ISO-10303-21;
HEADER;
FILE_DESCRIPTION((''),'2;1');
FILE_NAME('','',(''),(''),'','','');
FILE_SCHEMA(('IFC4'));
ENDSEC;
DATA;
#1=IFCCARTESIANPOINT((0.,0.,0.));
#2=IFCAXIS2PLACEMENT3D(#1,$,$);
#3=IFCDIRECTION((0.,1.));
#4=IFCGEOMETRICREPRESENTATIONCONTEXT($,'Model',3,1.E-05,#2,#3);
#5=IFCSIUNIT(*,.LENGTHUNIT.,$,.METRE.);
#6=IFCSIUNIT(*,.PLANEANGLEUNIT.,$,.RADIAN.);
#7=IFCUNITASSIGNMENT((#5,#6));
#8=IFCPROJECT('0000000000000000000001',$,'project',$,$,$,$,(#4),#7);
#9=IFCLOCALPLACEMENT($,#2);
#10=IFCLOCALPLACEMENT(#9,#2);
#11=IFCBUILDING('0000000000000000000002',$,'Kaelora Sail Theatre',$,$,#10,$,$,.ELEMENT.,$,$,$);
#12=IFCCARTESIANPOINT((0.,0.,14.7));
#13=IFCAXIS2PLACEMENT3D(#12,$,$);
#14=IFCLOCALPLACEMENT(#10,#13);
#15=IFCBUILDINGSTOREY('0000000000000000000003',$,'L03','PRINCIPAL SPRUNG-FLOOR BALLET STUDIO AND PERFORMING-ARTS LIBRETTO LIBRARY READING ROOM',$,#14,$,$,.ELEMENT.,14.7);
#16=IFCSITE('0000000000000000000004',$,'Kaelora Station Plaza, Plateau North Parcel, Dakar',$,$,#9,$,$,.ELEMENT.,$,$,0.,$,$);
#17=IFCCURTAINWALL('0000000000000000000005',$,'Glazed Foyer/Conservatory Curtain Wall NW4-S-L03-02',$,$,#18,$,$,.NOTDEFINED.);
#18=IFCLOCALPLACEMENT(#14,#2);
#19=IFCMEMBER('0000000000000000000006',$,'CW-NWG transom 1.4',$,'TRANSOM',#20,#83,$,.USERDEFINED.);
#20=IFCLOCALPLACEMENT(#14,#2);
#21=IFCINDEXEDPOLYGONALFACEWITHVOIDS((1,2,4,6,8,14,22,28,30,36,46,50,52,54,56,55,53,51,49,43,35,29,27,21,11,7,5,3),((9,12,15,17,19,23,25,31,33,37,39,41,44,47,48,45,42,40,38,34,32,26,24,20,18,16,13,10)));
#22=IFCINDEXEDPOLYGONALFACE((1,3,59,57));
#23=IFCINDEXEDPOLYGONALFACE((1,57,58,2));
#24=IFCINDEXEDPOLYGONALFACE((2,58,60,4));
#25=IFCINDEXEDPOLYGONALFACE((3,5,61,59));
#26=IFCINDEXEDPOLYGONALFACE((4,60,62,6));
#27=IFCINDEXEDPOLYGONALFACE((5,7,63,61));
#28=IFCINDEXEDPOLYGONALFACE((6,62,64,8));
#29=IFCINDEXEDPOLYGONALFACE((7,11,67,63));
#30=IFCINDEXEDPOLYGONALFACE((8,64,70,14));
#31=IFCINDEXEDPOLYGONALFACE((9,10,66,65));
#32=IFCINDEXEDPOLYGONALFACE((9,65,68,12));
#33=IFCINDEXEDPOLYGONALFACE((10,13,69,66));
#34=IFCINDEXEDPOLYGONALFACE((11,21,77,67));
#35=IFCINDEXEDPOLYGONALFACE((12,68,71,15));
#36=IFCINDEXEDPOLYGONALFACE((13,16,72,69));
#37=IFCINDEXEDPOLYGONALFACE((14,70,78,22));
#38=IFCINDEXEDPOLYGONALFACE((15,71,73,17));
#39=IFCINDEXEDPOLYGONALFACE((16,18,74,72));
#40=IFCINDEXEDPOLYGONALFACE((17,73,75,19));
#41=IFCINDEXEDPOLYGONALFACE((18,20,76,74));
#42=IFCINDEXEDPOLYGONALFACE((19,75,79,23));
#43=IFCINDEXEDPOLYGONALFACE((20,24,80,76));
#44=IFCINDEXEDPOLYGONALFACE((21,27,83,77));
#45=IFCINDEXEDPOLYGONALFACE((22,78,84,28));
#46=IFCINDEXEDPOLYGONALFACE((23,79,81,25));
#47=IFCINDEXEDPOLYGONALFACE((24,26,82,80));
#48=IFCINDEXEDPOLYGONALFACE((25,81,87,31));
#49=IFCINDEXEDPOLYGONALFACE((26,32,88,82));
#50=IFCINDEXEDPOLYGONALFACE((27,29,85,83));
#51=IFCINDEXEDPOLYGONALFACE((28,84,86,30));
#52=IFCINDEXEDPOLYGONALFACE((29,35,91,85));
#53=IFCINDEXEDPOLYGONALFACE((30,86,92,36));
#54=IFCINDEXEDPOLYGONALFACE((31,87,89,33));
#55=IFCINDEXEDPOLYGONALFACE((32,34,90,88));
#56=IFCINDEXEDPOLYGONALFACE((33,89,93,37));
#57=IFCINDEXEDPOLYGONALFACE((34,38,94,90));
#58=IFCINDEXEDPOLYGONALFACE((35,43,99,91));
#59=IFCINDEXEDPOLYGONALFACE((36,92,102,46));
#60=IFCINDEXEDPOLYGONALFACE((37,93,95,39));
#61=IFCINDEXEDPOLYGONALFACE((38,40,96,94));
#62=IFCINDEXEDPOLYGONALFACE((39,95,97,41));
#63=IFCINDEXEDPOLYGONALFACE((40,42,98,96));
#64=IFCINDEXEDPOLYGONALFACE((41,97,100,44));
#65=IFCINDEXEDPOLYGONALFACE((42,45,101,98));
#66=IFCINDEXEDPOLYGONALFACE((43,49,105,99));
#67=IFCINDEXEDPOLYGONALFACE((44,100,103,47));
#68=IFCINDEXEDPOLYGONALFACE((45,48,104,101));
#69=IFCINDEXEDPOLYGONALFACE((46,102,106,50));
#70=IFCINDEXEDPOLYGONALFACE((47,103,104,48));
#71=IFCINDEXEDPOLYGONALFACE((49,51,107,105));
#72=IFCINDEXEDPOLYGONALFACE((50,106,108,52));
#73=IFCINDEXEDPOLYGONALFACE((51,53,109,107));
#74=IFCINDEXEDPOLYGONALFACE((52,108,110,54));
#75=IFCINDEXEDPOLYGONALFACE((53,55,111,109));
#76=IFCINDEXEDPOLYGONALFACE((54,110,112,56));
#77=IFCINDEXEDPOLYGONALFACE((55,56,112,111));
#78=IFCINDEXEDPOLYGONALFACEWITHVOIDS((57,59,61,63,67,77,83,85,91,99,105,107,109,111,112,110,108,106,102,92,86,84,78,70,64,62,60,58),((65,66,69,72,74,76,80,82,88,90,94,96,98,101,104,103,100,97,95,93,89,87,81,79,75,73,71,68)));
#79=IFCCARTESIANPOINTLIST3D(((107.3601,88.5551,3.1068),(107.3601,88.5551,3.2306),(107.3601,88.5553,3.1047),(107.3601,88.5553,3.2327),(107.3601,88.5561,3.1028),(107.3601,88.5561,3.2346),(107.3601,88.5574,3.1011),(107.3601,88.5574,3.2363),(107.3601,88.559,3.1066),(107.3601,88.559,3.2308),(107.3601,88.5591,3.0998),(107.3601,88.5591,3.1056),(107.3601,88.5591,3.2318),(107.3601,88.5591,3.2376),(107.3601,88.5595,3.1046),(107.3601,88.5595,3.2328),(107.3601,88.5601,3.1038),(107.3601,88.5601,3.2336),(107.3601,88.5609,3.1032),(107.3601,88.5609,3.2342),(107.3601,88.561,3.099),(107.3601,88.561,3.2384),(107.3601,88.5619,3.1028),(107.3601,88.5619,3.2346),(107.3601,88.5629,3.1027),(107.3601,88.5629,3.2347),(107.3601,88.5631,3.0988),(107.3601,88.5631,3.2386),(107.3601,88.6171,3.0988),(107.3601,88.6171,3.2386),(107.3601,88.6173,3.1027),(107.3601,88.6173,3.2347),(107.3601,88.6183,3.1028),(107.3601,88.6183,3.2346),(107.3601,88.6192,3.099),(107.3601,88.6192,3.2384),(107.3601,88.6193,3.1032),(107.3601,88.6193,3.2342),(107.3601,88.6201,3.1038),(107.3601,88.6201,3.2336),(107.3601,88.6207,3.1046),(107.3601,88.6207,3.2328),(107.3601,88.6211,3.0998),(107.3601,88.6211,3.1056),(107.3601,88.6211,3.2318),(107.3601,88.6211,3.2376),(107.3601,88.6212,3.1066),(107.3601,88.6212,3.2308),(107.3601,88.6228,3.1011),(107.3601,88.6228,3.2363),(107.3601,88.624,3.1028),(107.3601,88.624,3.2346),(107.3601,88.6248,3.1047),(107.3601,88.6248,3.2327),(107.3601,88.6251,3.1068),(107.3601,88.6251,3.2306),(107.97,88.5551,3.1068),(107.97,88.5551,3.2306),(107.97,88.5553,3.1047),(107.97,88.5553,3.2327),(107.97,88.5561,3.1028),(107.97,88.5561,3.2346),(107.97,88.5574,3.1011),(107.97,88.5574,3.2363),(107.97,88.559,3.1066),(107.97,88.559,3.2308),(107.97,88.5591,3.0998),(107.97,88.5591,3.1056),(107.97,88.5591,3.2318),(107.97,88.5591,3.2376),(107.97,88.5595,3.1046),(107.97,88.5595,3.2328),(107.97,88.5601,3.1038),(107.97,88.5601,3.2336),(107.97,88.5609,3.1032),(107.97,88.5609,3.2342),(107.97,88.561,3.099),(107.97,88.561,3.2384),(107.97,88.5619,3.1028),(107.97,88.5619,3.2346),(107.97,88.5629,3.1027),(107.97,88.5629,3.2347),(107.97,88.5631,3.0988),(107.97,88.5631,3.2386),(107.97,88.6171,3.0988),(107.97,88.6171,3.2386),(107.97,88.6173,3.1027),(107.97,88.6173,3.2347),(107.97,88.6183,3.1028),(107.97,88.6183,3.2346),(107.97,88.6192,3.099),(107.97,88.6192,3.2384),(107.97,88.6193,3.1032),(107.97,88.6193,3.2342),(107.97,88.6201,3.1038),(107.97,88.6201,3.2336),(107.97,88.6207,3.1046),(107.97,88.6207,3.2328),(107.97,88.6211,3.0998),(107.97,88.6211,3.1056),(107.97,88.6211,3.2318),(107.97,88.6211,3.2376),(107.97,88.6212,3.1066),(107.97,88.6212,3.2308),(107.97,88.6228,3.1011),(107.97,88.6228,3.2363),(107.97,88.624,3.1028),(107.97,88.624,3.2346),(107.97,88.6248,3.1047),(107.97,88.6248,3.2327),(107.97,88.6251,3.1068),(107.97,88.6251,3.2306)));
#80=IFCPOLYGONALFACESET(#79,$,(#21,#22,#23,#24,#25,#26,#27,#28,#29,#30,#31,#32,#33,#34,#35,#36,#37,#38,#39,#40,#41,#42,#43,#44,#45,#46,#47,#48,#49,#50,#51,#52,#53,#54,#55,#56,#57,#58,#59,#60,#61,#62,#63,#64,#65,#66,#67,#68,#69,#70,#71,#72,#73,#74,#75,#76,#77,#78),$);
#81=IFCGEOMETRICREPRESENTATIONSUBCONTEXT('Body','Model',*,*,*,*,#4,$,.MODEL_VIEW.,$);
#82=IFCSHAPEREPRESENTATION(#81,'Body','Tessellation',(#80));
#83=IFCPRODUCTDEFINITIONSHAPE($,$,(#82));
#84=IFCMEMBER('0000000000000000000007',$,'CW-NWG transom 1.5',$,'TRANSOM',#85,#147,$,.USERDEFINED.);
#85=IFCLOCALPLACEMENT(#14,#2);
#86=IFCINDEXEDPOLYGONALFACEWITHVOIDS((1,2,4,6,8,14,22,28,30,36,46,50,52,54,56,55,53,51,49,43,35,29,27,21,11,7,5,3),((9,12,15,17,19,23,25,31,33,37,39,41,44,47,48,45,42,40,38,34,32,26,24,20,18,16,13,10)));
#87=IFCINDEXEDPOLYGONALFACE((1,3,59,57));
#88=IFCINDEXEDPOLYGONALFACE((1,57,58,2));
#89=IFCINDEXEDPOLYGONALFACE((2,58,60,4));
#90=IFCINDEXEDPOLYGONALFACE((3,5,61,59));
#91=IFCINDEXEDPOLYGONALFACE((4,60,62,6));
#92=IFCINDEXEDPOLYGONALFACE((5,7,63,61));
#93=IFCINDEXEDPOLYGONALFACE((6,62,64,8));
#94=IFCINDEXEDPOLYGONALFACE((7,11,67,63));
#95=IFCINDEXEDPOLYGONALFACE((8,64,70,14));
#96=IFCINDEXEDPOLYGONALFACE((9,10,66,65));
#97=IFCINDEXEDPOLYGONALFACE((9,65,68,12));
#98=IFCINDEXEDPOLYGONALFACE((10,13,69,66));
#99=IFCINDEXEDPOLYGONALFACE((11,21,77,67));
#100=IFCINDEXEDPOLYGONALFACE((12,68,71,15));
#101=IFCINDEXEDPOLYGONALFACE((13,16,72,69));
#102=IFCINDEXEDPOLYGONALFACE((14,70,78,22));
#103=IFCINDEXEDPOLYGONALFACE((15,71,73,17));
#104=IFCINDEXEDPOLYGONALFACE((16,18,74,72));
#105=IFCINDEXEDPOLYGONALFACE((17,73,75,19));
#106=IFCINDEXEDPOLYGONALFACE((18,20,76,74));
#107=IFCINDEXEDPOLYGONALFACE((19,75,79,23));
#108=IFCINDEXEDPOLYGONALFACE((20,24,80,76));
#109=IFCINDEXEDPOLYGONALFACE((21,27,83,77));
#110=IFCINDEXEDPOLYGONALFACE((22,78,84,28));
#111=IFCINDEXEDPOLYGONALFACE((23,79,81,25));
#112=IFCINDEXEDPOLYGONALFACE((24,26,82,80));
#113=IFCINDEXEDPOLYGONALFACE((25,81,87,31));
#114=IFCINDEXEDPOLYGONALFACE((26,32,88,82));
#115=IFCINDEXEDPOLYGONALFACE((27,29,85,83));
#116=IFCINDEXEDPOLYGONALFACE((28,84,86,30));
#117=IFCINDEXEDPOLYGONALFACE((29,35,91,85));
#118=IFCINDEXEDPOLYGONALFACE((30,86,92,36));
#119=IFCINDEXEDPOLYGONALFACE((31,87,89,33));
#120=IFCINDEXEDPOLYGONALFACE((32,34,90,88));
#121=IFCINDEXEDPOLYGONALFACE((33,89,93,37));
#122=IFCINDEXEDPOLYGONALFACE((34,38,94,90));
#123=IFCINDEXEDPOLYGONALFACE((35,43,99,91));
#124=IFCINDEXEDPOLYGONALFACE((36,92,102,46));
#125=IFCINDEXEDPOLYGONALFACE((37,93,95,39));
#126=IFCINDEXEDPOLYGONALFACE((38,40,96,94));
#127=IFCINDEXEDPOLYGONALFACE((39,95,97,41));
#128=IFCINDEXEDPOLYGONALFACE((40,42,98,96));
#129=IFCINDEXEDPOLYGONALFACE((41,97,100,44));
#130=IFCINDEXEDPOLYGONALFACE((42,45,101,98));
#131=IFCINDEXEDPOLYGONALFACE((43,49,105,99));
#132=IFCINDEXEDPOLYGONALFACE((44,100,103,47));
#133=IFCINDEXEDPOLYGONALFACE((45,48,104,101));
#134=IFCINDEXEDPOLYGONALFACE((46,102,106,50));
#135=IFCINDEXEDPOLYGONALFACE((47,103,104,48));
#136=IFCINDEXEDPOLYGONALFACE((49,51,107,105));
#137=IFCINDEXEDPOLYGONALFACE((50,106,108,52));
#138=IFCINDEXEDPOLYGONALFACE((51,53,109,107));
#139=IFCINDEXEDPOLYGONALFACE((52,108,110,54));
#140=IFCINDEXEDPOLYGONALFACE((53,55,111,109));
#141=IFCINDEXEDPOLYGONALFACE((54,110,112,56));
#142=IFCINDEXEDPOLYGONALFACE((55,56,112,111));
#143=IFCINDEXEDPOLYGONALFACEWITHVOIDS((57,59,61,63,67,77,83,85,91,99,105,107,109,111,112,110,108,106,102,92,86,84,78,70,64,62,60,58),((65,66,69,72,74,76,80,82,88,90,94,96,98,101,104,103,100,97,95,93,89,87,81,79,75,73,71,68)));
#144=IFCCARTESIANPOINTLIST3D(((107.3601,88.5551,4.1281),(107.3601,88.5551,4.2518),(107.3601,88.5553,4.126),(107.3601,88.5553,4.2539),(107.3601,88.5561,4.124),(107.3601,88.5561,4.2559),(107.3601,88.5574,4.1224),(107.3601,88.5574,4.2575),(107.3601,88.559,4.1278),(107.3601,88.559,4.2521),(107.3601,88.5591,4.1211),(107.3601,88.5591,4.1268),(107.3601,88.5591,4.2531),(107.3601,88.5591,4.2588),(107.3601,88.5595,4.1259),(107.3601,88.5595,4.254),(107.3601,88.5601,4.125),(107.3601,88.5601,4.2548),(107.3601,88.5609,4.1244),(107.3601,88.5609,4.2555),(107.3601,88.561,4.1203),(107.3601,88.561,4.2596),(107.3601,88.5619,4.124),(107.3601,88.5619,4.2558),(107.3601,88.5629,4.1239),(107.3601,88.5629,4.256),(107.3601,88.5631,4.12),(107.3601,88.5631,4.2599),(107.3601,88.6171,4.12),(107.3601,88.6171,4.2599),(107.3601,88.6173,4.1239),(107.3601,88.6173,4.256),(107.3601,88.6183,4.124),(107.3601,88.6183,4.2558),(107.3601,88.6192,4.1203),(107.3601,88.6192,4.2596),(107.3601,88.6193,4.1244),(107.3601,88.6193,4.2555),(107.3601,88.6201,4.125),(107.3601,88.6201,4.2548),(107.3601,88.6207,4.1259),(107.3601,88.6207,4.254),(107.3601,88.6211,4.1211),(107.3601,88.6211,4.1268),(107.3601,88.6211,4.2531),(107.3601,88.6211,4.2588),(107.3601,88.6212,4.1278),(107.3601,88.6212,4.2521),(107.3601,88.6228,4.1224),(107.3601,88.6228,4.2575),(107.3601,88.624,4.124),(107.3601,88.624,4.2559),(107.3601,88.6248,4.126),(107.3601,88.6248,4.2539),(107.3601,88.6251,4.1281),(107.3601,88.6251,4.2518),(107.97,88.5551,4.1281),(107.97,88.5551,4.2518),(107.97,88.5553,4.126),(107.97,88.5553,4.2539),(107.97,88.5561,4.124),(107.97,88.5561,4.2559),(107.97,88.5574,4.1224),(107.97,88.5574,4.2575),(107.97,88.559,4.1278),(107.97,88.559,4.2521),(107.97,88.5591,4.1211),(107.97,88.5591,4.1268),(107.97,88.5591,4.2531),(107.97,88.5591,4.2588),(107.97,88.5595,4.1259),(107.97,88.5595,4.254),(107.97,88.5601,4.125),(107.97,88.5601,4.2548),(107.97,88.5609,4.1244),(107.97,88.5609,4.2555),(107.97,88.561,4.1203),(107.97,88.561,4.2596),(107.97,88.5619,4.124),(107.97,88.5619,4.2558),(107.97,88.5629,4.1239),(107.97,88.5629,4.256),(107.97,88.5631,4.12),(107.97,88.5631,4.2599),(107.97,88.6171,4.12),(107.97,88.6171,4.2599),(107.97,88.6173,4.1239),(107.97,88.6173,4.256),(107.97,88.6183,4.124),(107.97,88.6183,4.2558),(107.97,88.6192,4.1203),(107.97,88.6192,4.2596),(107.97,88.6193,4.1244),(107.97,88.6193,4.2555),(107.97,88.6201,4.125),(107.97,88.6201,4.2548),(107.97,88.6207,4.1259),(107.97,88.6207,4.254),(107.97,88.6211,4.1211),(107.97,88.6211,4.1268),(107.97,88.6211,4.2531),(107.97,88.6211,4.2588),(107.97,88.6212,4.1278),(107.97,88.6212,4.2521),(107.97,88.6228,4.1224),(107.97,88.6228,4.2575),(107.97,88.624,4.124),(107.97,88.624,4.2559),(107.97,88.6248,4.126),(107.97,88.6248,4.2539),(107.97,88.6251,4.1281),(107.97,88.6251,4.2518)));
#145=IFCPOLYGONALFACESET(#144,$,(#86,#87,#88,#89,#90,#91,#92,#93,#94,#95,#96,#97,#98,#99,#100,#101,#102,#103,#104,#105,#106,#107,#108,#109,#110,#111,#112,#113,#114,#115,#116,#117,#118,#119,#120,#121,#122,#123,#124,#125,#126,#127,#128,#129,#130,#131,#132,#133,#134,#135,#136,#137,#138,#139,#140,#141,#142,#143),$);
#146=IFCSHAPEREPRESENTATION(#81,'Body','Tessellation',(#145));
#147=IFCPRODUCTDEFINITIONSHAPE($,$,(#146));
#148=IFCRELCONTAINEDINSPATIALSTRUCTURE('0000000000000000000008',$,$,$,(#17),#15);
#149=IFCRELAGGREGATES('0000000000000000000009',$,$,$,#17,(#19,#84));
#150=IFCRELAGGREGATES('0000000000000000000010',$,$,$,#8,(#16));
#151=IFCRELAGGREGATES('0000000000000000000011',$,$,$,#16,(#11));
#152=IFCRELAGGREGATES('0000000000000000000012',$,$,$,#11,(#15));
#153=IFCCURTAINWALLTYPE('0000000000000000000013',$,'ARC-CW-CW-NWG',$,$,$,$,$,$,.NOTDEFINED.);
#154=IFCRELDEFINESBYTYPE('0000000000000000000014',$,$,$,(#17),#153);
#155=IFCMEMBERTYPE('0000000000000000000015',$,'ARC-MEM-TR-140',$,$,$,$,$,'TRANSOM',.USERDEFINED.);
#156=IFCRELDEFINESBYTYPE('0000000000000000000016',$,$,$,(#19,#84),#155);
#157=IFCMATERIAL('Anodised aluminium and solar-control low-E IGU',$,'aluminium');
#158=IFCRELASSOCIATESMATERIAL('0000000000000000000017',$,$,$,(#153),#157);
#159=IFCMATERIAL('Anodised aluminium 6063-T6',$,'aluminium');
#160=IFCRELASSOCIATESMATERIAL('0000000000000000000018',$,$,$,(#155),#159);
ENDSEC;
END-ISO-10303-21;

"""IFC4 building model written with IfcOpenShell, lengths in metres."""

from ifc_helpers import new_model, si_unit, direction, frame, origin, origin_2d, place, context, subcontext, project, spatial, hollow_rectangle, extrude, material, material_profile, profile_set, type_object, element, aggregate, save


model = new_model("IFC4")

# Units and contexts
model_context = context("Model", 3, precision=1e-05, world=origin(), true_north=direction((0.0, 1.0)))
body_context = subcontext(model_context, "Body", "Model", "MODEL_VIEW")
ifc_project = project(units=[si_unit("LENGTHUNIT", "METRE"), si_unit("PLANEANGLEUNIT", "RADIAN")], contexts=[model_context])

# Site, building, storey
site_placement = place(None, origin())
site = spatial("IfcSite", under=ifc_project, at=site_placement, Name="Kaelora Station Plaza, Plateau North Parcel, Dakar", CompositionType="ELEMENT", RefElevation=0.0)
building_placement = place(site_placement, origin())
building = spatial("IfcBuilding", under=site, at=building_placement, Name="Kaelora Sail Theatre", CompositionType="ELEMENT")
storey_placement = place(building_placement, frame((0.0, 0.0, 14.7)))
storey = spatial("IfcBuildingStorey", under=building, at=storey_placement, Name="L03", Description="PRINCIPAL SPRUNG-FLOOR BALLET STUDIO AND PERFORMING-ARTS LIBRETTO LIBRARY READING ROOM", CompositionType="ELEMENT", Elevation=14.7)

# Curtain wall
ifc_material_1 = material(Name="Anodised aluminium and solar-control low-E IGU", Category="aluminium")
curtain_wall_type = type_object("IfcCurtainWallType", Name="ARC-CW-CW-NWG", PredefinedType="NOTDEFINED", material=ifc_material_1)
curtain_wall_1_placement = place(storey_placement, origin())
curtain_wall_1 = element("IfcCurtainWall", 1, at=curtain_wall_1_placement, inside=storey, type_object=curtain_wall_type, Name="Glazed Foyer/Conservatory Curtain Wall NW4-S-L03-02", PredefinedType="NOTDEFINED")

# Members
ifc_material_2 = material(Name="Anodised aluminium 6063-T6", Category="aluminium")
ifc_material_profile_1 = material_profile(ifc_material_2, hollow_rectangle(XDim=0.0701, YDim=0.1399, WallThickness=0.0039, InnerFilletRadius=0.0039, OuterFilletRadius=0.0081, at=origin_2d()), Name="ALU-TRAN 70x140x4")
ifc_profile_set_1 = profile_set([ifc_material_profile_1], Name="Anodised aluminium 6063-T6")
member_type_1 = type_object("IfcMemberType", Name="ARC-MEM-TR-140", ElementType="TRANSOM", PredefinedType="USERDEFINED", material=ifc_profile_set_1)
member_1_placement = place(storey_placement, frame((107.3601, 88.5901, 3.1687), z_axis=(1.0, 0.0, 0.0), x_axis=(0.0, 1.0, 0.0)))
member_1 = element("IfcMember", 2, at=member_1_placement, type_object=member_type_1, Name="CW-NWG transom 1.4", ObjectType="TRANSOM", PredefinedType="USERDEFINED", context=body_context, shape_type="SweptSolid", body=[
    extrude(hollow_rectangle(XDim=0.0701, YDim=0.1399, WallThickness=0.0039, InnerFilletRadius=0.0039, OuterFilletRadius=0.0081, at=origin_2d()), origin(), (0.0, 0.0, 1.0), 0.6099),
])
member_2_placement = place(storey_placement, frame((107.3601, 88.5901, 4.1899), z_axis=(1.0, 0.0, 0.0), x_axis=(0.0, 1.0, 0.0)))
member_2 = element("IfcMember", 3, at=member_2_placement, type_object=member_type_1, Name="CW-NWG transom 1.5", ObjectType="TRANSOM", PredefinedType="USERDEFINED", context=body_context, shape_type="SweptSolid", body=[
    extrude(hollow_rectangle(XDim=0.0701, YDim=0.1399, WallThickness=0.0039, InnerFilletRadius=0.0039, OuterFilletRadius=0.0081, at=origin_2d()), origin(), (0.0, 0.0, 1.0), 0.6099),
])

aggregate(curtain_wall_1, [member_1, member_2])

save(model, "model.ifc")
